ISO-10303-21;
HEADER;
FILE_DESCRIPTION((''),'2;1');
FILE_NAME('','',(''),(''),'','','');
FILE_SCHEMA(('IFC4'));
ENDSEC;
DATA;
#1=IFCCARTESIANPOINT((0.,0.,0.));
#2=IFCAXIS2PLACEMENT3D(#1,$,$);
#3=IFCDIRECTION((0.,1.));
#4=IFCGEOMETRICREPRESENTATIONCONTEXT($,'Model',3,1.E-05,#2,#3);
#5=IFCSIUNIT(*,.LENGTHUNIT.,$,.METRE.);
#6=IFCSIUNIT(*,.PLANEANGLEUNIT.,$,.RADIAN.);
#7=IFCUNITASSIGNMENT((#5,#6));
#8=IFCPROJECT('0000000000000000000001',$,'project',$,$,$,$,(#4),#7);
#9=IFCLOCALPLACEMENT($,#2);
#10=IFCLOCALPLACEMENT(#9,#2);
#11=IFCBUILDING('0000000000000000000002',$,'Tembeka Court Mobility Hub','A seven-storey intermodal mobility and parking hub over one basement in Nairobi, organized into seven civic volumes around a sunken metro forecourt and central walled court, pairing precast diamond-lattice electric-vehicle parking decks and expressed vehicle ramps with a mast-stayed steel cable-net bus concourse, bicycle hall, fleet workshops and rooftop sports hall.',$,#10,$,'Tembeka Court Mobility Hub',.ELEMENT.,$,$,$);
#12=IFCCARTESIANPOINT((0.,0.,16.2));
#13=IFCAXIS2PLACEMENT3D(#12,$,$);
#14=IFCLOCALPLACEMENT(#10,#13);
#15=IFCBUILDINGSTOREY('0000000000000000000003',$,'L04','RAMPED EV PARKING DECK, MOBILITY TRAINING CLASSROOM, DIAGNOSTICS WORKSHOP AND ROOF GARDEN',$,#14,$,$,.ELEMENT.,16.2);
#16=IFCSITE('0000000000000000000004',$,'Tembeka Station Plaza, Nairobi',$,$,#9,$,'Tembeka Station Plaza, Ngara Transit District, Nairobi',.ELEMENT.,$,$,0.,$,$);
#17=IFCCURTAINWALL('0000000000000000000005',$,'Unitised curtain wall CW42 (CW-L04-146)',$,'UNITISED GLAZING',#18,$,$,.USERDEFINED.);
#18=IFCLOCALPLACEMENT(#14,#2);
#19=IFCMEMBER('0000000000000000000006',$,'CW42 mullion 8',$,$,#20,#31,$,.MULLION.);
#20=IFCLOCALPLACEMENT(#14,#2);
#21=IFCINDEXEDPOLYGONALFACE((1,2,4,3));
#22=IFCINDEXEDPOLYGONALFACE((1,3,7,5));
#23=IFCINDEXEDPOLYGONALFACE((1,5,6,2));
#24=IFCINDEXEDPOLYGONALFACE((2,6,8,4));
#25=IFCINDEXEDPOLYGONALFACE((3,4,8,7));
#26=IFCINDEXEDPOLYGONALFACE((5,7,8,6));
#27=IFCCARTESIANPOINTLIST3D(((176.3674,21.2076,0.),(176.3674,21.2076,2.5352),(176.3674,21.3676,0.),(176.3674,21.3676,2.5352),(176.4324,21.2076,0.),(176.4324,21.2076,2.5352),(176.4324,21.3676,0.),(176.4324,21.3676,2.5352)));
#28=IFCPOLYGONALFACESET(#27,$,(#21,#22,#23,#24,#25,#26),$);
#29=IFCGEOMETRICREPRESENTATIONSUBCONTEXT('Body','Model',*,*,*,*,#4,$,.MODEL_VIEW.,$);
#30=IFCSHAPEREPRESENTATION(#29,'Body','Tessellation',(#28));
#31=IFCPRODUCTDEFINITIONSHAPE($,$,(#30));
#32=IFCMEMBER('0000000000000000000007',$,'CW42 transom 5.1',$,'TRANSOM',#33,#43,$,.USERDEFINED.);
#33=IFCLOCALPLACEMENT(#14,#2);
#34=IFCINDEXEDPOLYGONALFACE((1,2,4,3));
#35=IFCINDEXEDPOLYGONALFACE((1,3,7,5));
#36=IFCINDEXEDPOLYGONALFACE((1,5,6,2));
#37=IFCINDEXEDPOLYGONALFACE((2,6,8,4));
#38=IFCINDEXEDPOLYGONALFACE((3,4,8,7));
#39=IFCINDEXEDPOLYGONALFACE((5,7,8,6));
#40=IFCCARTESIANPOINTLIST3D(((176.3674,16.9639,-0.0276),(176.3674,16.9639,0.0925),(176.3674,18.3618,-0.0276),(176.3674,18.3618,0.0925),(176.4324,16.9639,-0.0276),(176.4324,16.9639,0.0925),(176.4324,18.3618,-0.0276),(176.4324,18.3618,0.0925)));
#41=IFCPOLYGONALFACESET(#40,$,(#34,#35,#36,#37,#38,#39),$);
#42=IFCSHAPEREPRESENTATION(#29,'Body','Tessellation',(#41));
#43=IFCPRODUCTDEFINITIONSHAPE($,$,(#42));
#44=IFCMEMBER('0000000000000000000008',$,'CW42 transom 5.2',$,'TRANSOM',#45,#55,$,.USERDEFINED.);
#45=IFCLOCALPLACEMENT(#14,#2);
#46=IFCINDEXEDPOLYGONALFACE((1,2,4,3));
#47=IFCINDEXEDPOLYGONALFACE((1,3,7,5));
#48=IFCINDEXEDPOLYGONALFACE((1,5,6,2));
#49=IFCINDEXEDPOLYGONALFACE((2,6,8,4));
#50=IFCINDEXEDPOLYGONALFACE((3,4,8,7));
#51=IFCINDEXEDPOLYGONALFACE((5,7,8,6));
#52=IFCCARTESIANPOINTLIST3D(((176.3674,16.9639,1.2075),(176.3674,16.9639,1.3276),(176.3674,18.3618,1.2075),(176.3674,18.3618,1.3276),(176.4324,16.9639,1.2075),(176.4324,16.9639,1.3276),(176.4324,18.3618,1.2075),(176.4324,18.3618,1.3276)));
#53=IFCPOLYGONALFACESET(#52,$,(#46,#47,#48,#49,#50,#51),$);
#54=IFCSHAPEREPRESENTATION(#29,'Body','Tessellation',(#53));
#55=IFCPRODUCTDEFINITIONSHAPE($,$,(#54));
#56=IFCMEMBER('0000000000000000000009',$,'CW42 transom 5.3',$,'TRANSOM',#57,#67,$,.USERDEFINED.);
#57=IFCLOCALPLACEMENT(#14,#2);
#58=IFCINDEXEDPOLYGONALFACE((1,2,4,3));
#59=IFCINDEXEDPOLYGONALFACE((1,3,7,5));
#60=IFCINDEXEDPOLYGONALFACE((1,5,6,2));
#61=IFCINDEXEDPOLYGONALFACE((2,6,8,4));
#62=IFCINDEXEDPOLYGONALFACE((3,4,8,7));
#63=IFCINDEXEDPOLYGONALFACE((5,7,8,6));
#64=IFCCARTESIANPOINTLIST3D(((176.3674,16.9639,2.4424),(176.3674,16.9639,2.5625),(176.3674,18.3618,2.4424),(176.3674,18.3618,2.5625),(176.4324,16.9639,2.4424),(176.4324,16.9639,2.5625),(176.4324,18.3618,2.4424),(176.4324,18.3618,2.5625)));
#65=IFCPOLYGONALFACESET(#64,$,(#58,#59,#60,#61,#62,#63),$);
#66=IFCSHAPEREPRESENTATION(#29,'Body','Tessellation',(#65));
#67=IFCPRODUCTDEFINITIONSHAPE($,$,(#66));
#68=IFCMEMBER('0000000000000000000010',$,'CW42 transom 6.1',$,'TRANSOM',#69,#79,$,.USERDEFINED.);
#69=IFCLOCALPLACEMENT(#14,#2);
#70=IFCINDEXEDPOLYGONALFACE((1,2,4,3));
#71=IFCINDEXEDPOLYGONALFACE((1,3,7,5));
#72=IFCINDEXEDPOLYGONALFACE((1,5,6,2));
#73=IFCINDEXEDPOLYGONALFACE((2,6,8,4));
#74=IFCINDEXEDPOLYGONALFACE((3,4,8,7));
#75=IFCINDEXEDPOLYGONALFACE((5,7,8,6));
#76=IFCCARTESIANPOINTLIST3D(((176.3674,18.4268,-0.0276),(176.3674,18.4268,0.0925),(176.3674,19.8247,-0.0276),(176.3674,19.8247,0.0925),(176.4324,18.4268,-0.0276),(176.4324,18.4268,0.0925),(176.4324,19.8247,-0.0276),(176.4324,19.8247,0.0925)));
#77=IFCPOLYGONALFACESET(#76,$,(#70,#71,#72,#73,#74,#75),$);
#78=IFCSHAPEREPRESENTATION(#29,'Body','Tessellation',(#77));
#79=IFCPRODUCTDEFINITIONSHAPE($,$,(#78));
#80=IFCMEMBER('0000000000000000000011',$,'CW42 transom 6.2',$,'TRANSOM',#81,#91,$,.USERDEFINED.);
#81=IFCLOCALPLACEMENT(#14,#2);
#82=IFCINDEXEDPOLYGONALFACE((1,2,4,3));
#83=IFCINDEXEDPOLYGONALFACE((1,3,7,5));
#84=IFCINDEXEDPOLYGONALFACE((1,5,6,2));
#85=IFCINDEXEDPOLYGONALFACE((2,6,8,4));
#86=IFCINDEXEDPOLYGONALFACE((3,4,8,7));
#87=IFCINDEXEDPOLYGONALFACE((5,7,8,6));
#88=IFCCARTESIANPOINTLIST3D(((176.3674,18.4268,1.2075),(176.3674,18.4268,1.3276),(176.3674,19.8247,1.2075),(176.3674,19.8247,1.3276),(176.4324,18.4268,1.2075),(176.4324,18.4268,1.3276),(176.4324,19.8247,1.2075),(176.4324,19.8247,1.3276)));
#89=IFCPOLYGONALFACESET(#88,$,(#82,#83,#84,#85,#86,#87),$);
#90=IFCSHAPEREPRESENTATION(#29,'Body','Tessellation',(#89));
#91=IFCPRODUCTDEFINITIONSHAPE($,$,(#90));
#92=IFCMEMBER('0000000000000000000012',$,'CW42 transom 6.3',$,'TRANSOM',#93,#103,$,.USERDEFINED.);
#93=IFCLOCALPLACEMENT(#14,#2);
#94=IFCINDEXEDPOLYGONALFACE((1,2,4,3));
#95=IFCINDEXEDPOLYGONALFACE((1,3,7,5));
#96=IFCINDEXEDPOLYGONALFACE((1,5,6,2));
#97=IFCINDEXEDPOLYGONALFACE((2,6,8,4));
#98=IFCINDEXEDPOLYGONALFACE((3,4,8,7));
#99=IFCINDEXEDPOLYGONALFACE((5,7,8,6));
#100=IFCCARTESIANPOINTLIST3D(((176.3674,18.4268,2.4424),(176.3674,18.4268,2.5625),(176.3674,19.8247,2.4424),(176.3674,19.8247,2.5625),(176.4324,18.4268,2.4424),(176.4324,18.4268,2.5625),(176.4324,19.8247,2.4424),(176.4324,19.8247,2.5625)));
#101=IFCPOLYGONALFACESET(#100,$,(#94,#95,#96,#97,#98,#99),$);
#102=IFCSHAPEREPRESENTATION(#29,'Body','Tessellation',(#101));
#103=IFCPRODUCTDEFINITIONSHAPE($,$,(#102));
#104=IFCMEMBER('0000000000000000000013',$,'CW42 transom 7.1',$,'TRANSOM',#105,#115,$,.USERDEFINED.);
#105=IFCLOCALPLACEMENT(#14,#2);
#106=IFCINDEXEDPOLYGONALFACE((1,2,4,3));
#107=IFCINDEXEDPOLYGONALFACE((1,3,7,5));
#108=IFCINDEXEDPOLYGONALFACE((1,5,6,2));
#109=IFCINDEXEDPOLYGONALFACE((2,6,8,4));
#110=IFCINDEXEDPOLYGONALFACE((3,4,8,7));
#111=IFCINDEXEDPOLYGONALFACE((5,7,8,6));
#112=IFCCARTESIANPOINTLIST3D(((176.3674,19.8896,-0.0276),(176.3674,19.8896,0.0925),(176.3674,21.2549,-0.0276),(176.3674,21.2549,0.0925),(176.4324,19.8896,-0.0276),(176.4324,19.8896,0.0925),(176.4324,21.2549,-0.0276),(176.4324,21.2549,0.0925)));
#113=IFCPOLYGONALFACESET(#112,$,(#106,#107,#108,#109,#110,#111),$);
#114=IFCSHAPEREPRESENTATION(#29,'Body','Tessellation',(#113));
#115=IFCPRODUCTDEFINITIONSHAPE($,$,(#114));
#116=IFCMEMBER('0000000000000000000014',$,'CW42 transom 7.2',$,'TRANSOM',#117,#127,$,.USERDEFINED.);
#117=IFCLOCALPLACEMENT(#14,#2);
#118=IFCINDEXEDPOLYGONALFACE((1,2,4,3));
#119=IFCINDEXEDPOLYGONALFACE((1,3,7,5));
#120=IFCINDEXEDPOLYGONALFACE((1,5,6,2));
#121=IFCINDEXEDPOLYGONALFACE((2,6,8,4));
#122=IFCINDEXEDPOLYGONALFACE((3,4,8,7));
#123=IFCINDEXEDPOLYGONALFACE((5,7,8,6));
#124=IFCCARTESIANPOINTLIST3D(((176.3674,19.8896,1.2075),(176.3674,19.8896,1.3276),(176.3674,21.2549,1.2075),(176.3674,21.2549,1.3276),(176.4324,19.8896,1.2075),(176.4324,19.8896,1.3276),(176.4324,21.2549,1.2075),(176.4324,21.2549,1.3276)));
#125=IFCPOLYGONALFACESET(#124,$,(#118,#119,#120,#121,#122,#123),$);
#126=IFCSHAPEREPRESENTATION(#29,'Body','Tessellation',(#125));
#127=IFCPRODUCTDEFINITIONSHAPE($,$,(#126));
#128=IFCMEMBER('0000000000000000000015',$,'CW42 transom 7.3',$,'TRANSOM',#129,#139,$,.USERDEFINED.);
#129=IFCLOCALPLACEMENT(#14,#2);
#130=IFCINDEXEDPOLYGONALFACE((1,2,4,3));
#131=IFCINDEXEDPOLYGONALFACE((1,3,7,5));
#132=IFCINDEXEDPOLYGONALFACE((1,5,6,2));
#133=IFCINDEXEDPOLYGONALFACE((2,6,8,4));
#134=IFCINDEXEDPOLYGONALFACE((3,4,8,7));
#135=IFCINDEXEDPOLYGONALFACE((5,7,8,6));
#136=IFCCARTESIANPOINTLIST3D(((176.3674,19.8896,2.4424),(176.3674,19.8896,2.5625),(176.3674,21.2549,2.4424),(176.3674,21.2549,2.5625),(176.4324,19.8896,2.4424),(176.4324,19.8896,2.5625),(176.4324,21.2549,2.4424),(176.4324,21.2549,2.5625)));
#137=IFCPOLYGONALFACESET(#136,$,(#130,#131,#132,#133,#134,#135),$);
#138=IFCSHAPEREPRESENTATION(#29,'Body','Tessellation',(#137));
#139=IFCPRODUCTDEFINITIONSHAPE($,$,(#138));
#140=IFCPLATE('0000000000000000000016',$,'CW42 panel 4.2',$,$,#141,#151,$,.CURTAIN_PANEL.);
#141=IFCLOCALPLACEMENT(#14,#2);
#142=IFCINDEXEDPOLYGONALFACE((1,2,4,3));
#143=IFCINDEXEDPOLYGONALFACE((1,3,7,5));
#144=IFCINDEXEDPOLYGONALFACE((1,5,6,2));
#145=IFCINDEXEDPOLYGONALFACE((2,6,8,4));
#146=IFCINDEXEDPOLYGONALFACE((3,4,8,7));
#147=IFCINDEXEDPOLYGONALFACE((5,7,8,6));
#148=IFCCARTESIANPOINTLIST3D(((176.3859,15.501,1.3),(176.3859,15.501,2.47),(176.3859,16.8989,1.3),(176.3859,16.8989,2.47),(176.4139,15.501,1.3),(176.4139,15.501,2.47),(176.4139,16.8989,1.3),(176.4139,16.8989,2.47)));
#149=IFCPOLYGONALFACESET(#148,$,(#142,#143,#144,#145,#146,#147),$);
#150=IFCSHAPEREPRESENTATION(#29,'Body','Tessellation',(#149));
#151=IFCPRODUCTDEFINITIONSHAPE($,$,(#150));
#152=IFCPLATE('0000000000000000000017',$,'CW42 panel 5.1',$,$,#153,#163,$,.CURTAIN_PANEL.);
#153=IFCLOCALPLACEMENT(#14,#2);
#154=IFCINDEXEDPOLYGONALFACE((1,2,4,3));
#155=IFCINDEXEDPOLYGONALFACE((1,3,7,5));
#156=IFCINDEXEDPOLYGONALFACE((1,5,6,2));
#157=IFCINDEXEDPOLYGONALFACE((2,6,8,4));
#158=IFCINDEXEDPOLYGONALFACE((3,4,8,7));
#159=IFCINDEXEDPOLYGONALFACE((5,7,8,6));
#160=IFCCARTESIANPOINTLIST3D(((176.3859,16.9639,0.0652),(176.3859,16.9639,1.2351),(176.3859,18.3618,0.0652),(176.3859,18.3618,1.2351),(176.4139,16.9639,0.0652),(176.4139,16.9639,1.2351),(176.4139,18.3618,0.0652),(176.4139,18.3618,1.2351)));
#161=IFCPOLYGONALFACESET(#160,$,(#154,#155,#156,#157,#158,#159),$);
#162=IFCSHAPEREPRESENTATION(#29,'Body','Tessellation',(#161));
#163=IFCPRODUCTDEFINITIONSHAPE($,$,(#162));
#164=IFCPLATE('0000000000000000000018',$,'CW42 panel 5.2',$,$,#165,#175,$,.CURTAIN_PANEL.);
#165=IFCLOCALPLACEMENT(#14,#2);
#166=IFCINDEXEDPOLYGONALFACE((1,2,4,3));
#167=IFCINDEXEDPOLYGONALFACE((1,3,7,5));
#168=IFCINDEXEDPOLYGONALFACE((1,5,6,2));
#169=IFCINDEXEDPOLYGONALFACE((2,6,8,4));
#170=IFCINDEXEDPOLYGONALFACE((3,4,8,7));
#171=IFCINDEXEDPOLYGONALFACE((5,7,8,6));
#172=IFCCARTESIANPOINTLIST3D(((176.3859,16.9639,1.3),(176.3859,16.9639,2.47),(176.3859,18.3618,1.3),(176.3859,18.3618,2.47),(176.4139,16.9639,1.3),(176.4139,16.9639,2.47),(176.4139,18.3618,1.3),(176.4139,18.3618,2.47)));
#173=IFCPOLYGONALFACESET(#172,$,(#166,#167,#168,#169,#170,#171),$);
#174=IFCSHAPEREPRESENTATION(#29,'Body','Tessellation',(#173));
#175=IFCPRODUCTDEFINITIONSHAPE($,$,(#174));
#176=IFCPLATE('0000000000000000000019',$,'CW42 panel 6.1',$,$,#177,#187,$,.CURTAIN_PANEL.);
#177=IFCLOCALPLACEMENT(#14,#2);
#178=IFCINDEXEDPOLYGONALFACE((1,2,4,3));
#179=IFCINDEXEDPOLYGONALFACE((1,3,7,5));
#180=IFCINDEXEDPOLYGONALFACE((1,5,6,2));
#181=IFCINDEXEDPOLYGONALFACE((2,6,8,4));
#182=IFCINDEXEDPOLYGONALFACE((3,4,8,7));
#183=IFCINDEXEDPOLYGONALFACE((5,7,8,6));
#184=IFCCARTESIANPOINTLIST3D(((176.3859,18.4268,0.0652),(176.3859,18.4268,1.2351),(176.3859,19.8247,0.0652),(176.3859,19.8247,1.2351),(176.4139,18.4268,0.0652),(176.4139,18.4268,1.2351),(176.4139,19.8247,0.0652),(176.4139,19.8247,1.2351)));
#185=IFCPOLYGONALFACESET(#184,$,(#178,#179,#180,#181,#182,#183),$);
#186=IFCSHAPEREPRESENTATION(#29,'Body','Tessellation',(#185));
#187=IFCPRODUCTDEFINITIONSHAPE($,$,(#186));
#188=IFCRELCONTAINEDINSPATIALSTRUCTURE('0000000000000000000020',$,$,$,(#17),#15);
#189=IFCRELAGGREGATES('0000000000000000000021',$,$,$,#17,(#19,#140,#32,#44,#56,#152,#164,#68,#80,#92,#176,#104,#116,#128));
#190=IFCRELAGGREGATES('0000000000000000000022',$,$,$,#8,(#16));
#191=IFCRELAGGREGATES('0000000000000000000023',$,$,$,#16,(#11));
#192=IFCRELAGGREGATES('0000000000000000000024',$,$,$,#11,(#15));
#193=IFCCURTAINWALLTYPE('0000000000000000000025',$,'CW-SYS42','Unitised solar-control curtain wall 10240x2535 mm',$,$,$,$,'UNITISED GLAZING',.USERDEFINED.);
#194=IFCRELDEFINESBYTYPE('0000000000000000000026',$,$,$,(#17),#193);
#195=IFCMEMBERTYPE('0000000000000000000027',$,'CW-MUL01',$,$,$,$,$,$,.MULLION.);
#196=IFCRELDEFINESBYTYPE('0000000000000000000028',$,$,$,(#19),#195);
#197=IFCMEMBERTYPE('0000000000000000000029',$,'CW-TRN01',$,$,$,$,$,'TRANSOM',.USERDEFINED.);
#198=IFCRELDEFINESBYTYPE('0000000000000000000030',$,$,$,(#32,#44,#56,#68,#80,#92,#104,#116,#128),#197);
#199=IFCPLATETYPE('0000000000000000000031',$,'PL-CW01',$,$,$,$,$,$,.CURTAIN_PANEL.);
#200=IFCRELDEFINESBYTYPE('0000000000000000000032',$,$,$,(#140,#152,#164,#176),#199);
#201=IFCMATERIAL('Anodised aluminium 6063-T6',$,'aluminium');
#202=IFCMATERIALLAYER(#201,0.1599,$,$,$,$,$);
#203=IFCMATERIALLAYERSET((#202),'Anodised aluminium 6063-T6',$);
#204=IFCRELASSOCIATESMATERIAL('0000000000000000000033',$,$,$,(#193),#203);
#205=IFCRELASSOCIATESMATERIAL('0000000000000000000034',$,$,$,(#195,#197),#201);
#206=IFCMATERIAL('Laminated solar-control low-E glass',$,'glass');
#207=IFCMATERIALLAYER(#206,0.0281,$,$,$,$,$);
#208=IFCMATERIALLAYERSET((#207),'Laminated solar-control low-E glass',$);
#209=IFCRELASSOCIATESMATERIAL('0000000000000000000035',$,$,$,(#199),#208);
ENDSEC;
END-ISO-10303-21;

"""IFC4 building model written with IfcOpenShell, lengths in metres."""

from ifc_helpers import new_model, si_unit, direction, frame, origin, origin_2d, place, context, subcontext, project, spatial, rectangle, extrude, material, layer, layer_set, material_profile, profile_set, type_object, element, aggregate, save


model = new_model("IFC4")

# Units and contexts
model_context = context("Model", 3, precision=1e-05, world=origin(), true_north=direction((0.0, 1.0)))
body_context = subcontext(model_context, "Body", "Model", "MODEL_VIEW")
ifc_project = project(units=[si_unit("LENGTHUNIT", "METRE"), si_unit("PLANEANGLEUNIT", "RADIAN")], contexts=[model_context])

# Site, building, storey
site_placement = place(None, origin())
site = spatial("IfcSite", under=ifc_project, at=site_placement, Name="Tembeka Station Plaza, Nairobi", LongName="Tembeka Station Plaza, Ngara Transit District, Nairobi", CompositionType="ELEMENT", RefElevation=0.0)
building_placement = place(site_placement, origin())
building = spatial("IfcBuilding", under=site, at=building_placement, Name="Tembeka Court Mobility Hub", Description="A seven-storey intermodal mobility and parking hub over one basement in Nairobi, organized into seven civic volumes around a sunken metro forecourt and central walled court, pairing precast diamond-lattice electric-vehicle parking decks and expressed vehicle ramps with a mast-stayed steel cable-net bus concourse, bicycle hall, fleet workshops and rooftop sports hall.", LongName="Tembeka Court Mobility Hub", CompositionType="ELEMENT")
storey_placement = place(building_placement, frame((0.0, 0.0, 16.2)))
storey = spatial("IfcBuildingStorey", under=building, at=storey_placement, Name="L04", Description="RAMPED EV PARKING DECK, MOBILITY TRAINING CLASSROOM, DIAGNOSTICS WORKSHOP AND ROOF GARDEN", CompositionType="ELEMENT", Elevation=16.2)

# Curtain wall, members, plates
ifc_material_1 = material(Name="Anodised aluminium 6063-T6", Category="aluminium")
ifc_layer_1 = layer(ifc_material_1, 0.1599)
ifc_layer_set_1 = layer_set([ifc_layer_1], Name="Anodised aluminium 6063-T6")
curtain_wall_type = type_object("IfcCurtainWallType", Name="CW-SYS42", Description="Unitised solar-control curtain wall 10240x2535 mm", ElementType="UNITISED GLAZING", PredefinedType="USERDEFINED", material=ifc_layer_set_1)
curtain_wall_placement = place(storey_placement, origin())
curtain_wall = element("IfcCurtainWall", 1, at=curtain_wall_placement, inside=storey, type_object=curtain_wall_type, Name="Unitised curtain wall CW42 (CW-L04-146)", ObjectType="UNITISED GLAZING", PredefinedType="USERDEFINED")
ifc_material_profile_1 = material_profile(ifc_material_1, rectangle(XDim=0.0649, YDim=0.1599, at=origin_2d()), Name="ALU-MUL 65x160")
ifc_profile_set_1 = profile_set([ifc_material_profile_1], Name="Anodised aluminium 6063-T6")
member_type_1 = type_object("IfcMemberType", Name="CW-MUL01", PredefinedType="MULLION", material=ifc_profile_set_1)
member_1_placement = place(storey_placement, frame((176.3999, 21.2876, 0.0), z_axis=(0.0, 0.0, 1.0), x_axis=(-1.0, 0.0, 0.0)))
member_1 = element("IfcMember", 2, at=member_1_placement, type_object=member_type_1, Name="CW42 mullion 8", PredefinedType="MULLION", context=body_context, shape_type="SweptSolid", body=[
    extrude(rectangle(XDim=0.0649, YDim=0.1599, at=origin_2d()), origin(), (0.0, 0.0, 1.0), 2.5352),
])
ifc_material_profile_2 = material_profile(ifc_material_1, rectangle(XDim=0.0649, YDim=0.1201, at=origin_2d()), Name="ALU-TRN 65x120")
ifc_profile_set_2 = profile_set([ifc_material_profile_2], Name="Anodised aluminium 6063-T6")
member_type_2 = type_object("IfcMemberType", Name="CW-TRN01", ElementType="TRANSOM", PredefinedType="USERDEFINED", material=ifc_profile_set_2)
member_2_placement = place(storey_placement, frame((176.3999, 16.9639, 0.0325), z_axis=(0.0, 1.0, 0.0), x_axis=(-1.0, 0.0, 0.0)))
member_2 = element("IfcMember", 3, at=member_2_placement, type_object=member_type_2, Name="CW42 transom 5.1", ObjectType="TRANSOM", PredefinedType="USERDEFINED", context=body_context, shape_type="SweptSolid", body=[
    extrude(rectangle(XDim=0.0649, YDim=0.1201, at=origin_2d()), origin(), (0.0, 0.0, 1.0), 1.3979),
])
member_3_placement = place(storey_placement, frame((176.3999, 16.9639, 1.2676), z_axis=(0.0, 1.0, 0.0), x_axis=(-1.0, 0.0, 0.0)))
member_3 = element("IfcMember", 4, at=member_3_placement, type_object=member_type_2, Name="CW42 transom 5.2", ObjectType="TRANSOM", PredefinedType="USERDEFINED", context=body_context, shape_type="SweptSolid", body=[
    extrude(rectangle(XDim=0.0649, YDim=0.1201, at=origin_2d()), origin(), (0.0, 0.0, 1.0), 1.3979),
])
member_4_placement = place(storey_placement, frame((176.3999, 16.9639, 2.5024), z_axis=(0.0, 1.0, 0.0), x_axis=(-1.0, 0.0, 0.0)))
member_4 = element("IfcMember", 5, at=member_4_placement, type_object=member_type_2, Name="CW42 transom 5.3", ObjectType="TRANSOM", PredefinedType="USERDEFINED", context=body_context, shape_type="SweptSolid", body=[
    extrude(rectangle(XDim=0.0649, YDim=0.1201, at=origin_2d()), origin(), (0.0, 0.0, 1.0), 1.3979),
])
member_5_placement = place(storey_placement, frame((176.3999, 18.4268, 0.0325), z_axis=(0.0, 1.0, 0.0), x_axis=(-1.0, 0.0, 0.0)))
member_5 = element("IfcMember", 6, at=member_5_placement, type_object=member_type_2, Name="CW42 transom 6.1", ObjectType="TRANSOM", PredefinedType="USERDEFINED", context=body_context, shape_type="SweptSolid", body=[
    extrude(rectangle(XDim=0.0649, YDim=0.1201, at=origin_2d()), origin(), (0.0, 0.0, 1.0), 1.3979),
])
member_6_placement = place(storey_placement, frame((176.3999, 18.4268, 1.2676), z_axis=(0.0, 1.0, 0.0), x_axis=(-1.0, 0.0, 0.0)))
member_6 = element("IfcMember", 7, at=member_6_placement, type_object=member_type_2, Name="CW42 transom 6.2", ObjectType="TRANSOM", PredefinedType="USERDEFINED", context=body_context, shape_type="SweptSolid", body=[
    extrude(rectangle(XDim=0.0649, YDim=0.1201, at=origin_2d()), origin(), (0.0, 0.0, 1.0), 1.3979),
])
member_7_placement = place(storey_placement, frame((176.3999, 18.4268, 2.5024), z_axis=(0.0, 1.0, 0.0), x_axis=(-1.0, 0.0, 0.0)))
member_7 = element("IfcMember", 8, at=member_7_placement, type_object=member_type_2, Name="CW42 transom 6.3", ObjectType="TRANSOM", PredefinedType="USERDEFINED", context=body_context, shape_type="SweptSolid", body=[
    extrude(rectangle(XDim=0.0649, YDim=0.1201, at=origin_2d()), origin(), (0.0, 0.0, 1.0), 1.3979),
])
member_8_placement = place(storey_placement, frame((176.3999, 19.8896, 0.0325), z_axis=(0.0, 1.0, 0.0), x_axis=(-1.0, 0.0, 0.0)))
member_8 = element("IfcMember", 9, at=member_8_placement, type_object=member_type_2, Name="CW42 transom 7.1", ObjectType="TRANSOM", PredefinedType="USERDEFINED", context=body_context, shape_type="SweptSolid", body=[
    extrude(rectangle(XDim=0.0649, YDim=0.1201, at=origin_2d()), origin(), (0.0, 0.0, 1.0), 1.3652),
])
member_9_placement = place(storey_placement, frame((176.3999, 19.8896, 1.2676), z_axis=(0.0, 1.0, 0.0), x_axis=(-1.0, 0.0, 0.0)))
member_9 = element("IfcMember", 10, at=member_9_placement, type_object=member_type_2, Name="CW42 transom 7.2", ObjectType="TRANSOM", PredefinedType="USERDEFINED", context=body_context, shape_type="SweptSolid", body=[
    extrude(rectangle(XDim=0.0649, YDim=0.1201, at=origin_2d()), origin(), (0.0, 0.0, 1.0), 1.3652),
])
member_10_placement = place(storey_placement, frame((176.3999, 19.8896, 2.5024), z_axis=(0.0, 1.0, 0.0), x_axis=(-1.0, 0.0, 0.0)))
member_10 = element("IfcMember", 11, at=member_10_placement, type_object=member_type_2, Name="CW42 transom 7.3", ObjectType="TRANSOM", PredefinedType="USERDEFINED", context=body_context, shape_type="SweptSolid", body=[
    extrude(rectangle(XDim=0.0649, YDim=0.1201, at=origin_2d()), origin(), (0.0, 0.0, 1.0), 1.3652),
])
ifc_material_2 = material(Name="Laminated solar-control low-E glass", Category="glass")
ifc_layer_2 = layer(ifc_material_2, 0.0281)
ifc_layer_set_2 = layer_set([ifc_layer_2], Name="Laminated solar-control low-E glass")
plate_type = type_object("IfcPlateType", Name="PL-CW01", PredefinedType="CURTAIN_PANEL", material=ifc_layer_set_2)
plate_1_placement = place(storey_placement, frame((176.3999, 16.2, 1.3), z_axis=(0.0, 0.0, 1.0), x_axis=(0.0, 1.0, 0.0)))
plate_1 = element("IfcPlate", 12, at=plate_1_placement, type_object=plate_type, Name="CW42 panel 4.2", PredefinedType="CURTAIN_PANEL", context=body_context, shape_type="SweptSolid", body=[
    extrude(rectangle(XDim=1.3979, YDim=0.0281, at=origin_2d()), origin(), (0.0, 0.0, 1.0), 1.1699),
])
plate_2_placement = place(storey_placement, frame((176.3999, 17.6628, 0.0652), z_axis=(0.0, 0.0, 1.0), x_axis=(0.0, 1.0, 0.0)))
plate_2 = element("IfcPlate", 13, at=plate_2_placement, type_object=plate_type, Name="CW42 panel 5.1", PredefinedType="CURTAIN_PANEL", context=body_context, shape_type="SweptSolid", body=[
    extrude(rectangle(XDim=1.3979, YDim=0.0281, at=origin_2d()), origin(), (0.0, 0.0, 1.0), 1.1699),
])
plate_3_placement = place(storey_placement, frame((176.3999, 17.6628, 1.3), z_axis=(0.0, 0.0, 1.0), x_axis=(0.0, 1.0, 0.0)))
plate_3 = element("IfcPlate", 14, at=plate_3_placement, type_object=plate_type, Name="CW42 panel 5.2", PredefinedType="CURTAIN_PANEL", context=body_context, shape_type="SweptSolid", body=[
    extrude(rectangle(XDim=1.3979, YDim=0.0281, at=origin_2d()), origin(), (0.0, 0.0, 1.0), 1.1699),
])
plate_4_placement = place(storey_placement, frame((176.3999, 19.1257, 0.0652), z_axis=(0.0, 0.0, 1.0), x_axis=(0.0, 1.0, 0.0)))
plate_4 = element("IfcPlate", 15, at=plate_4_placement, type_object=plate_type, Name="CW42 panel 6.1", PredefinedType="CURTAIN_PANEL", context=body_context, shape_type="SweptSolid", body=[
    extrude(rectangle(XDim=1.3979, YDim=0.0281, at=origin_2d()), origin(), (0.0, 0.0, 1.0), 1.1699),
])
aggregate(curtain_wall, [member_1, plate_1, member_2, member_3, member_4, plate_2, plate_3, member_5, member_6, member_7, plate_4, member_8, member_9, member_10])

save(model, "model.ifc")
